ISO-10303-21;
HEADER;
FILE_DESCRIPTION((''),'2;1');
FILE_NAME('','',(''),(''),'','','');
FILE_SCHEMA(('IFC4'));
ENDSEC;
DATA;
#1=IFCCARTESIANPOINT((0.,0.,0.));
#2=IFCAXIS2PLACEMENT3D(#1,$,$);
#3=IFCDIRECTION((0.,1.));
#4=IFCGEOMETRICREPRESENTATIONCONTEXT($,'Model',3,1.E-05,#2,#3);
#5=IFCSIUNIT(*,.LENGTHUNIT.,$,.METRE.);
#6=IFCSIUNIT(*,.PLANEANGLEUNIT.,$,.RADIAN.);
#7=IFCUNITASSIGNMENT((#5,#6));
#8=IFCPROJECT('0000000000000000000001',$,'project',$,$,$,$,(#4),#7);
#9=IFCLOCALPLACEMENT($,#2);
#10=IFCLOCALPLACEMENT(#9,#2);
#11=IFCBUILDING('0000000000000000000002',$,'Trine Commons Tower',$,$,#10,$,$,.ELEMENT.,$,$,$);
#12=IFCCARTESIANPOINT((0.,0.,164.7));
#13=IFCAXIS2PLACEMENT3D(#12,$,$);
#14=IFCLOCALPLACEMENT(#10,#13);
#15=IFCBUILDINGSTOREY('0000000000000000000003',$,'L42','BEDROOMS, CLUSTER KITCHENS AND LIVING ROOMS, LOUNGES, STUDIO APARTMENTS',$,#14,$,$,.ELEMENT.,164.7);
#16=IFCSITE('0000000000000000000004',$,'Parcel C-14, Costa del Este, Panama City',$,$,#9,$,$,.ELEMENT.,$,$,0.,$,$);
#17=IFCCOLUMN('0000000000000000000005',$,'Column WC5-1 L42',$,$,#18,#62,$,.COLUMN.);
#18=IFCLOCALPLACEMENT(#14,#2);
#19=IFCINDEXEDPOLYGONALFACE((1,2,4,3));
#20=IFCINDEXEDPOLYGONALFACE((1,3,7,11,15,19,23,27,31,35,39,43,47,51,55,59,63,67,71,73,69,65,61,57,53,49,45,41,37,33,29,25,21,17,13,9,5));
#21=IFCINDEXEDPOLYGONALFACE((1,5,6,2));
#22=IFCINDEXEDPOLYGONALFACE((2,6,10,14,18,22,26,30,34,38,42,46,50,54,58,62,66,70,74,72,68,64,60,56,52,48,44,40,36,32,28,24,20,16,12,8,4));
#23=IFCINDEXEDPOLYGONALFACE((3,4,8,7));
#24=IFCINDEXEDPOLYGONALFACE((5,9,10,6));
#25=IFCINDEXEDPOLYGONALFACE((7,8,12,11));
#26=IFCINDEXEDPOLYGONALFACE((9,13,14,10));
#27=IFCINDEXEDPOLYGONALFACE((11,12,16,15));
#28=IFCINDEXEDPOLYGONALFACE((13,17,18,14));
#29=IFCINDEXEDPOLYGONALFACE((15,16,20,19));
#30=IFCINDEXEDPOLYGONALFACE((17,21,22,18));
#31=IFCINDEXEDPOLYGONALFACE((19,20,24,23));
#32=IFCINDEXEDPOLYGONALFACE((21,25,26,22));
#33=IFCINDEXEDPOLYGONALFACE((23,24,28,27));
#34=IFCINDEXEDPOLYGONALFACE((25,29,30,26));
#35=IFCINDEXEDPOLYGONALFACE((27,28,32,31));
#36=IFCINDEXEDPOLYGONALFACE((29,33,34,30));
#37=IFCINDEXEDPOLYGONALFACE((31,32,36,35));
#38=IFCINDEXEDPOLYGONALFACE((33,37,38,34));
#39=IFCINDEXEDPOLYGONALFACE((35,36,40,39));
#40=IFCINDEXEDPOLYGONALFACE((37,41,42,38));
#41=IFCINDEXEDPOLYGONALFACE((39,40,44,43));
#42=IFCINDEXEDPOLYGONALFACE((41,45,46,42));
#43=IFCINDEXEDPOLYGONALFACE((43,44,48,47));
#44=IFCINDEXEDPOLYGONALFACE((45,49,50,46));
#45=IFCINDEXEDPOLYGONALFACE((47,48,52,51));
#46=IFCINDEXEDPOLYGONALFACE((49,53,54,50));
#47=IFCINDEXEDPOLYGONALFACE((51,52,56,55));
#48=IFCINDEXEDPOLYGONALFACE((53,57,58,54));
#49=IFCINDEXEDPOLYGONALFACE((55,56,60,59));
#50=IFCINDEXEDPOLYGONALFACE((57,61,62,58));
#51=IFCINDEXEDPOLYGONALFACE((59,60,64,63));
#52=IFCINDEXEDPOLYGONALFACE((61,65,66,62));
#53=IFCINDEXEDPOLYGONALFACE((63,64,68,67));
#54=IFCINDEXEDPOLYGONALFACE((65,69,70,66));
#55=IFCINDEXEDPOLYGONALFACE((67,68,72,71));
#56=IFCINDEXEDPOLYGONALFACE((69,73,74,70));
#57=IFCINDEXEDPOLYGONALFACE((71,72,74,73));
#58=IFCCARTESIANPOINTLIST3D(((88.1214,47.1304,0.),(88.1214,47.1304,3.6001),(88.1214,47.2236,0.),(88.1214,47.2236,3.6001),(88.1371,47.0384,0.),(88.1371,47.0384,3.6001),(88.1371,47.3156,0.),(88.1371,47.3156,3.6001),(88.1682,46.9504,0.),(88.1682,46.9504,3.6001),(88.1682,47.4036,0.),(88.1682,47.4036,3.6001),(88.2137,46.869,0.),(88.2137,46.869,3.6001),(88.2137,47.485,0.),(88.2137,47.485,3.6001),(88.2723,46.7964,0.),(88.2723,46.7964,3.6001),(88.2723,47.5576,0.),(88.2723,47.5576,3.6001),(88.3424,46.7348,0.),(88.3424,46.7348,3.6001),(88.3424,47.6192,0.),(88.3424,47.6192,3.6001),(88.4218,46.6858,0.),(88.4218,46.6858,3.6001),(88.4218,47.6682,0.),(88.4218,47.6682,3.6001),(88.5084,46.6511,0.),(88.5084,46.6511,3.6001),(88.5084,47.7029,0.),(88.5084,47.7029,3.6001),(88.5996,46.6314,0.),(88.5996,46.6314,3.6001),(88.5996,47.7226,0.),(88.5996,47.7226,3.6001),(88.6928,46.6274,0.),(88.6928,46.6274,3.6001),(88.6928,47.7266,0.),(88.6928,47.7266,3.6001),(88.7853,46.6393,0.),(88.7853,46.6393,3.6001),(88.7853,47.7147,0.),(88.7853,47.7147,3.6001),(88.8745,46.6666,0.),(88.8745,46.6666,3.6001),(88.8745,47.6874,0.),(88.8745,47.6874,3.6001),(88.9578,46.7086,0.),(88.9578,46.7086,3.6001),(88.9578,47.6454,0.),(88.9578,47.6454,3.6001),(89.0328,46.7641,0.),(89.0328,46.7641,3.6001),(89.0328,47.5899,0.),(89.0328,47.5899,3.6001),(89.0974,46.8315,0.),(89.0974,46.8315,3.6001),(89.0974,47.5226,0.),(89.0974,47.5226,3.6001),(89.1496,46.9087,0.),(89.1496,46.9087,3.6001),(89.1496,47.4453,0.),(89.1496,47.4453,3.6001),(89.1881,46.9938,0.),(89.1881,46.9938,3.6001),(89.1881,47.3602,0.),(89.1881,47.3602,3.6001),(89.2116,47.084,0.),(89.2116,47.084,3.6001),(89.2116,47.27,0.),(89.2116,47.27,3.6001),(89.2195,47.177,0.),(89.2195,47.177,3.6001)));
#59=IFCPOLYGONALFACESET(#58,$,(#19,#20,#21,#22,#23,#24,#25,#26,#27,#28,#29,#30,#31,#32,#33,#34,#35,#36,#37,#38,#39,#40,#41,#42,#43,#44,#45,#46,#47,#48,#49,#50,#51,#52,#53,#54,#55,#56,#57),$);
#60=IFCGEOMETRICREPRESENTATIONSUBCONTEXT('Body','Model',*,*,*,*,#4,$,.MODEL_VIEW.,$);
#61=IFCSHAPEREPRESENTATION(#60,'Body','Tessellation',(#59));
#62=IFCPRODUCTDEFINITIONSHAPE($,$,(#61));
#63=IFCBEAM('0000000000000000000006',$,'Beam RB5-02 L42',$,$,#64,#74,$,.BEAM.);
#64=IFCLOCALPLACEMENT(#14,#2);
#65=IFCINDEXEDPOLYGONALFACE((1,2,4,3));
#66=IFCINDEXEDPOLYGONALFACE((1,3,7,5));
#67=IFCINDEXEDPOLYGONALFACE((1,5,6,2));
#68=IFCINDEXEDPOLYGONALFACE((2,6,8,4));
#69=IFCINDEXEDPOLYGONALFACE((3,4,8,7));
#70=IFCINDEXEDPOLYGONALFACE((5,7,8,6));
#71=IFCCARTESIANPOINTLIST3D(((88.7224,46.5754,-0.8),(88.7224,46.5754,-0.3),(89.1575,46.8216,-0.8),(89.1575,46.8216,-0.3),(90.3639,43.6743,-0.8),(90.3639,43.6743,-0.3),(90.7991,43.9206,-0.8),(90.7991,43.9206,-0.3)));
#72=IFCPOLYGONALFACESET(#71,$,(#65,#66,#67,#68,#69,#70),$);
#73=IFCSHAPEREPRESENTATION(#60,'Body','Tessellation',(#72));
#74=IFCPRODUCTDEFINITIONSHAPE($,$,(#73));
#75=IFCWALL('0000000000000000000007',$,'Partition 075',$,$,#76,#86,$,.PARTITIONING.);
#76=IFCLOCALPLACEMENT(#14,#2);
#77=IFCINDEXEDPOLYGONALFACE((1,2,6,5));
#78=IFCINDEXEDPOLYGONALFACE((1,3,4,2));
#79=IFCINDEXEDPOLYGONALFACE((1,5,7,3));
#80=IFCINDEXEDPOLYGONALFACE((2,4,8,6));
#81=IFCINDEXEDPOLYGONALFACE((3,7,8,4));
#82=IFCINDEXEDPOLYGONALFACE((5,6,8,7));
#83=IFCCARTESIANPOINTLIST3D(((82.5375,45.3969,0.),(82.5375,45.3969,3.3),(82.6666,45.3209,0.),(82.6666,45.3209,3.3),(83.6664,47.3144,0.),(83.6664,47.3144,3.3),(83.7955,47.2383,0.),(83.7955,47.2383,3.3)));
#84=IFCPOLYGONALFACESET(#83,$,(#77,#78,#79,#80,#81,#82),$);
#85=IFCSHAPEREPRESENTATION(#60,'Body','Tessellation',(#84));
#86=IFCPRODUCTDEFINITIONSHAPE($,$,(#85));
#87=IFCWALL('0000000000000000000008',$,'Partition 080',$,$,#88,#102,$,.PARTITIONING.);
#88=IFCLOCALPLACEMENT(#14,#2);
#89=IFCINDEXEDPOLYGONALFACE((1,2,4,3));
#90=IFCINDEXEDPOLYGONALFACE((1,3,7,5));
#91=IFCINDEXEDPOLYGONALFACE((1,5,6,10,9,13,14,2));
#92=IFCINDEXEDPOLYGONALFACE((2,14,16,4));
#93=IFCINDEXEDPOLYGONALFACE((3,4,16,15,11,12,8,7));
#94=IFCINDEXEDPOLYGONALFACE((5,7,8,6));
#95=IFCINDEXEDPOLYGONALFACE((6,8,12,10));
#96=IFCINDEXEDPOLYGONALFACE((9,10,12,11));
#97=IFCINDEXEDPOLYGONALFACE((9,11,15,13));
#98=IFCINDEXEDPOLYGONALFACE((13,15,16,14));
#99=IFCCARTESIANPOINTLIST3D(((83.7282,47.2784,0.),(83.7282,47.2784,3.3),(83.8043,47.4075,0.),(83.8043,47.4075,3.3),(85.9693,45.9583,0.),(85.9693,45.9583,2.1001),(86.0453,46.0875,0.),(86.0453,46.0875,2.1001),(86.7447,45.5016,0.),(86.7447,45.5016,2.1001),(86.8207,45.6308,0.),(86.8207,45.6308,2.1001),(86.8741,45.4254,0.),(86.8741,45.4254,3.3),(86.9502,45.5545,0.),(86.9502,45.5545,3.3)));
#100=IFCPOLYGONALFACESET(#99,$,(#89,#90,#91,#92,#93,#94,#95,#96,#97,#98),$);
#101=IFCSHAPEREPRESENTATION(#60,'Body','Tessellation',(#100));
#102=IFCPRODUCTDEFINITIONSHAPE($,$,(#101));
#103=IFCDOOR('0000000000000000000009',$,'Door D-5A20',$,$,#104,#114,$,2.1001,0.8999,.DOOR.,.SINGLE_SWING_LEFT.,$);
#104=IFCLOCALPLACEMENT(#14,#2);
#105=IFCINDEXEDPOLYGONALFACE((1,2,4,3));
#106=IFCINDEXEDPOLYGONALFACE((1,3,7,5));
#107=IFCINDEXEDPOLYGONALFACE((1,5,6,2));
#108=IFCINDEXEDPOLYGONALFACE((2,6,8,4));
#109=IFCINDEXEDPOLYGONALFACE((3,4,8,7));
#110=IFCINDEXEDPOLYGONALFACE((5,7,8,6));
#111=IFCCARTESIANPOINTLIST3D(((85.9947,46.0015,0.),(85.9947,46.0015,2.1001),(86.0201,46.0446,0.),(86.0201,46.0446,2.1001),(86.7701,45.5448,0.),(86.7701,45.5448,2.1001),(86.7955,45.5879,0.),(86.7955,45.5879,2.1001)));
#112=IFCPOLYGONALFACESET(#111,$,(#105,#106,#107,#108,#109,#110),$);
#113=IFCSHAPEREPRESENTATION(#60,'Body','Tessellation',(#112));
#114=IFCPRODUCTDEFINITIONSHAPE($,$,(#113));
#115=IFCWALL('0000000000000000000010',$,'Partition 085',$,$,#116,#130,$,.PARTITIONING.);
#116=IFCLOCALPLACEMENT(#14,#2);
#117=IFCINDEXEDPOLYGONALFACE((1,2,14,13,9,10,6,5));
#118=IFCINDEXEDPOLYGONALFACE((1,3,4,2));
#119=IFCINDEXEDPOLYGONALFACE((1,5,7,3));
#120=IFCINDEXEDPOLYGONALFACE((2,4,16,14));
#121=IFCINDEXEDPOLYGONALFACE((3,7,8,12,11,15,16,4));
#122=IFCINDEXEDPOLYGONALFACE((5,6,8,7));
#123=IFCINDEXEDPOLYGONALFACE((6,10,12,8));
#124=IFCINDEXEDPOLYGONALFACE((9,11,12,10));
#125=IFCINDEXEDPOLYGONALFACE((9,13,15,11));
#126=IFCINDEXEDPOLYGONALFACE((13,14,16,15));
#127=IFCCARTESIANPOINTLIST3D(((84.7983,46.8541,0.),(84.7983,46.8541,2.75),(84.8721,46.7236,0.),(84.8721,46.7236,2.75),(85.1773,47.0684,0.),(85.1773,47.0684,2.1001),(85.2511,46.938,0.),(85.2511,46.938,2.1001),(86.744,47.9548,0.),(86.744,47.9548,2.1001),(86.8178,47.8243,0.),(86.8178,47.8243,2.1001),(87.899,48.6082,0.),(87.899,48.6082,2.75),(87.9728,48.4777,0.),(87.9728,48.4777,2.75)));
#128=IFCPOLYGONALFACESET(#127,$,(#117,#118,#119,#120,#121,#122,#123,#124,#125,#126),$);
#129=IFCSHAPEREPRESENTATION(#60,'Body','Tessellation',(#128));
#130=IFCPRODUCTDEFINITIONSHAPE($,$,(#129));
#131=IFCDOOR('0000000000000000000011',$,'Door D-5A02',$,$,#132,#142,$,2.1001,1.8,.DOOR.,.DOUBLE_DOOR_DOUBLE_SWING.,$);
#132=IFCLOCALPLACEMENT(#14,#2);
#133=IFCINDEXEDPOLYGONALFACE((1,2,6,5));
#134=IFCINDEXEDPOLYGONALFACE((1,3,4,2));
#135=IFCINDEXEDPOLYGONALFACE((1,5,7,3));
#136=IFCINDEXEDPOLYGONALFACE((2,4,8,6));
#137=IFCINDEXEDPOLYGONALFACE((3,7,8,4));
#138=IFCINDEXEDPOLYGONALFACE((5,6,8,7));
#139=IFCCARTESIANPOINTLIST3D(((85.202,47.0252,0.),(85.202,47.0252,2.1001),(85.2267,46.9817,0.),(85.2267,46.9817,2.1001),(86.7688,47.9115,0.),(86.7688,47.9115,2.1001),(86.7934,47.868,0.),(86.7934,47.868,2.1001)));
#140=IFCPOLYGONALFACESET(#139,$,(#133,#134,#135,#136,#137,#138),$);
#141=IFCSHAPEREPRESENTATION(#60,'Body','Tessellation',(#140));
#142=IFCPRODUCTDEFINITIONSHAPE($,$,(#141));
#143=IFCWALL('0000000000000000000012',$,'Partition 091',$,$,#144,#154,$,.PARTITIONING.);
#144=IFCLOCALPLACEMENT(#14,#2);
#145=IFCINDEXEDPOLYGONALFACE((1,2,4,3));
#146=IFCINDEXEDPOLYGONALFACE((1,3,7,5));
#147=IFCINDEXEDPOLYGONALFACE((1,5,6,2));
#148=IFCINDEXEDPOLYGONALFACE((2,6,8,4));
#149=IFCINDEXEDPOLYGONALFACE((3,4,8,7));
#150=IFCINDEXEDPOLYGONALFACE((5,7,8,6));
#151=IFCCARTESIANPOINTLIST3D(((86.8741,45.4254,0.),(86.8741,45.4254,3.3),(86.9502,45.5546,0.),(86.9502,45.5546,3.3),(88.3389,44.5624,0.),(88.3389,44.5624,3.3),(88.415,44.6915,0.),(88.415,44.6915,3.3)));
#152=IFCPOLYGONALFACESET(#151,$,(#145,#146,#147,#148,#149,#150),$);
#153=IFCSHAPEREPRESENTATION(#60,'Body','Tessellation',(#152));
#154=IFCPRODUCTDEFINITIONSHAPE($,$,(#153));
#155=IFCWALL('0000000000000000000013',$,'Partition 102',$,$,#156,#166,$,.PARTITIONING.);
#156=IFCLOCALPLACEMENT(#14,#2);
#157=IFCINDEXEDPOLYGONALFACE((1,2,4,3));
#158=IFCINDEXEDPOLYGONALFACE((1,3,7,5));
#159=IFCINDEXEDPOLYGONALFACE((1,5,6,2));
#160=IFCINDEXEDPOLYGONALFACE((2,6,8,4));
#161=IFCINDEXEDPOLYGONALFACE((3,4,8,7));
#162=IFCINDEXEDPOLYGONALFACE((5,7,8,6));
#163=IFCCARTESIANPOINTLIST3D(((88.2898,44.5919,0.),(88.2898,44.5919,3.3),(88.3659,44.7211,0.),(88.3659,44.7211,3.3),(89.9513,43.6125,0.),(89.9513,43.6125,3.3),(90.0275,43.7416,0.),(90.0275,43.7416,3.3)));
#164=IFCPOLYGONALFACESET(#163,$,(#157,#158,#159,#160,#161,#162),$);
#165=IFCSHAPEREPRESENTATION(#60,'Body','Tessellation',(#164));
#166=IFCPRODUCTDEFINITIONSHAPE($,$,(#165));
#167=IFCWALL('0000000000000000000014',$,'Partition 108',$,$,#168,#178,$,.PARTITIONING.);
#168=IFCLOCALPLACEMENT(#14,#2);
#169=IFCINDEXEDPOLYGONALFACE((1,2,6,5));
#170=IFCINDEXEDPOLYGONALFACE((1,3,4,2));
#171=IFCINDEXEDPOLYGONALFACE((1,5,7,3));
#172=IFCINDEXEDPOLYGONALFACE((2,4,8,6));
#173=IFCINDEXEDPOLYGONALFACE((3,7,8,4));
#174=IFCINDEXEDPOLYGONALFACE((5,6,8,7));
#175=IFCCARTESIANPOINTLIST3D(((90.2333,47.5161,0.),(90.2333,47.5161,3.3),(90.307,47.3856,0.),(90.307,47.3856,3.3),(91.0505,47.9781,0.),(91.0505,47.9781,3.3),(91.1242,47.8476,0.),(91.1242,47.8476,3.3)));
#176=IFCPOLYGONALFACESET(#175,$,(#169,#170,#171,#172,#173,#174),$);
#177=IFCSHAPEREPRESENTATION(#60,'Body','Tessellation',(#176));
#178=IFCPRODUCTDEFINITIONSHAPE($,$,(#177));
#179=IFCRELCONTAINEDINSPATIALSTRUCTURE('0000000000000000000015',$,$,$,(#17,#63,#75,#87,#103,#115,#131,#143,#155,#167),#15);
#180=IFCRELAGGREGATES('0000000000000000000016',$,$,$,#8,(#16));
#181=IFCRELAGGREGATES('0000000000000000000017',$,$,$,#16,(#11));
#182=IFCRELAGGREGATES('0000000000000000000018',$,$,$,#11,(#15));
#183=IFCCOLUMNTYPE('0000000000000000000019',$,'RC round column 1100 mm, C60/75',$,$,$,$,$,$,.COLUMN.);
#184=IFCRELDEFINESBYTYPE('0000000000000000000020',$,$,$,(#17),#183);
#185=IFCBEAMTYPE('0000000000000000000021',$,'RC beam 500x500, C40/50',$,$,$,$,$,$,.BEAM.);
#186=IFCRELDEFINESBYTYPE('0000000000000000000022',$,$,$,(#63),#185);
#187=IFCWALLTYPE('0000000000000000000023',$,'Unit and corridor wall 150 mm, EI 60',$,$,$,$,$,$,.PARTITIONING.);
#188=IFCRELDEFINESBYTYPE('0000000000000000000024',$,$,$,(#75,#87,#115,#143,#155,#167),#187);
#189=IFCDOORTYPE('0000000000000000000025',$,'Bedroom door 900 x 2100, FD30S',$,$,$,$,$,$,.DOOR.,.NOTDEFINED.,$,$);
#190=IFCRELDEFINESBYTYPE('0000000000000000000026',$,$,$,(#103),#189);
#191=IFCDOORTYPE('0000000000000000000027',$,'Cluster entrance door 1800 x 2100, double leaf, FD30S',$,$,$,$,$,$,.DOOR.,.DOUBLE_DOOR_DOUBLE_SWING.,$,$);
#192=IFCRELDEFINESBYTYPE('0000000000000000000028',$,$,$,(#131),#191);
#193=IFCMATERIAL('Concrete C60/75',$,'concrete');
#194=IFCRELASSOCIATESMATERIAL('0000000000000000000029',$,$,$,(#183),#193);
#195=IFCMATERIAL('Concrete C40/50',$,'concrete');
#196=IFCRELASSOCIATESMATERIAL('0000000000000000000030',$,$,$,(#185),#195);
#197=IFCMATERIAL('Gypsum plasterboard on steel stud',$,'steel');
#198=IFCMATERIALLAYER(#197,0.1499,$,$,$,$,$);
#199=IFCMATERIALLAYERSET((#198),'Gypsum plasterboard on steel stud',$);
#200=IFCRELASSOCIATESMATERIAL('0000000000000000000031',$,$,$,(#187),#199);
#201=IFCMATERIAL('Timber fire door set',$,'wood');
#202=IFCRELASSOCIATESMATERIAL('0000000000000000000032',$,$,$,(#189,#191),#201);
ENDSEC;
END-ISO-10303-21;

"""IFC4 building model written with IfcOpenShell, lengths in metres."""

from ifc_helpers import new_model, si_unit, direction, frame, frame_2d, origin, origin_2d, place, context, subcontext, project, spatial, rectangle, circle, extrude, material, layer, layer_set, material_profile, profile_set, type_object, element, fill, save


model = new_model("IFC4")

# Units and contexts
model_context = context("Model", 3, precision=1e-05, world=origin(), true_north=direction((0.0, 1.0)))
body_context = subcontext(model_context, "Body", "Model", "MODEL_VIEW")
ifc_project = project(units=[si_unit("LENGTHUNIT", "METRE"), si_unit("PLANEANGLEUNIT", "RADIAN")], contexts=[model_context])

# Site, building, storey
site_placement = place(None, origin())
site = spatial("IfcSite", under=ifc_project, at=site_placement, Name="Parcel C-14, Costa del Este, Panama City", CompositionType="ELEMENT", RefElevation=0.0)
building_placement = place(site_placement, origin())
building = spatial("IfcBuilding", under=site, at=building_placement, Name="Trine Commons Tower", CompositionType="ELEMENT")
storey_placement = place(building_placement, frame((0.0, 0.0, 164.7)))
storey = spatial("IfcBuildingStorey", under=building, at=storey_placement, Name="L42", Description="BEDROOMS, CLUSTER KITCHENS AND LIVING ROOMS, LOUNGES, STUDIO APARTMENTS", CompositionType="ELEMENT", Elevation=164.7)

# Column
ifc_material_1 = material(Name="Concrete C60/75", Category="concrete")
ifc_material_profile_1 = material_profile(ifc_material_1, circle(Radius=0.55, at=origin_2d()), Name="RC round 1100")
ifc_profile_set_1 = profile_set([ifc_material_profile_1], Name="Concrete C60/75")
column_type = type_object("IfcColumnType", Name="RC round column 1100 mm, C60/75", PredefinedType="COLUMN", material=ifc_profile_set_1)
column_placement = place(storey_placement, frame((88.6694, 47.177, 0.0), z_axis=(0.0, 0.0, 1.0), x_axis=(1.0, 0.0, 0.0)))
element("IfcColumn", 1, at=column_placement, inside=storey, type_object=column_type, Name="Column WC5-1 L42", PredefinedType="COLUMN", context=body_context, shape_type="SweptSolid", body=[
    extrude(circle(Radius=0.55, at=origin_2d()), origin(), (0.0, 0.0, 1.0), 3.6001),
])

# Beam
ifc_material_2 = material(Name="Concrete C40/50", Category="concrete")
ifc_material_profile_2 = material_profile(ifc_material_2, rectangle(XDim=0.5, YDim=0.5, at=origin_2d()), Name="RC 500x500")
ifc_profile_set_2 = profile_set([ifc_material_profile_2], Name="Concrete C40/50")
beam_type = type_object("IfcBeamType", Name="RC beam 500x500, C40/50", PredefinedType="BEAM", material=ifc_profile_set_2)
beam_placement = place(storey_placement, frame((88.9399, 46.6985, -0.55), z_axis=(0.492475, -0.870327, 0.0), x_axis=(0.870327, 0.492475, 0.0)))
element("IfcBeam", 2, at=beam_placement, inside=storey, type_object=beam_type, Name="Beam RB5-02 L42", PredefinedType="BEAM", context=body_context, shape_type="SweptSolid", body=[
    extrude(rectangle(XDim=0.5, YDim=0.5, at=origin_2d()), origin(), (0.0, 0.0, 1.0), 3.3333),
])

# Wall
ifc_material_3 = material(Name="Gypsum plasterboard on steel stud", Category="steel")
ifc_layer_1 = layer(ifc_material_3, 0.1499)
ifc_layer_set_1 = layer_set([ifc_layer_1], Name="Gypsum plasterboard on steel stud")
wall_type_1 = type_object("IfcWallType", Name="Unit and corridor wall 150 mm, EI 60", PredefinedType="PARTITIONING", material=ifc_layer_set_1)
wall_1_placement = place(storey_placement, frame((82.6021, 45.3589, 0.0), z_axis=(0.0, 0.0, 1.0), x_axis=(0.507346, 0.861742, 0.0)))
element("IfcWall", 3, at=wall_1_placement, inside=storey, type_object=wall_type_1, Name="Partition 075", PredefinedType="PARTITIONING", context=body_context, shape_type="SweptSolid", body=[
    extrude(rectangle(XDim=2.2251, YDim=0.1499, at=frame_2d((1.1125, 0.0))), origin(), (0.0, 0.0, 1.0), 3.3),
])

# Walls, openings, doors
wall_2_placement = place(storey_placement, frame((83.7661, 47.343, 0.0), z_axis=(0.0, 0.0, 1.0), x_axis=(0.861642, -0.507517, 0.0)))
wall_2 = element("IfcWall", 4, at=wall_2_placement, inside=storey, type_object=wall_type_1, Name="Partition 080", PredefinedType="PARTITIONING", context=body_context, shape_type="SweptSolid", body=[
    extrude(rectangle(XDim=3.6511, YDim=0.1499, at=frame_2d((1.8257, 0.0))), origin(), (0.0, 0.0, 1.0), 3.3),
])
opening_1_placement = place(wall_2_placement, frame((2.6011, 0.0, 0.0)))
opening_1 = element("IfcOpeningElement", 5, at=opening_1_placement, cuts=wall_2, PredefinedType="OPENING", context=body_context, shape_type="SweptSolid", body=[
    extrude(rectangle(XDim=0.8999, YDim=2.1001, at=frame_2d((0.45, 1.05))), frame((0.0, 0.085, 0.0), z_axis=(0.0, -1.0, 0.0), x_axis=(1.0, 0.0, 0.0)), (0.0, 0.0, 1.0), 0.1699),
])
ifc_material_4 = material(Name="Timber fire door set", Category="wood")
door_type_1 = type_object("IfcDoorType", Name="Bedroom door 900 x 2100, FD30S", OperationType="NOTDEFINED", PredefinedType="DOOR", material=ifc_material_4)
door_1_placement = place(opening_1_placement, frame((0.8999, 0.0, 0.0), z_axis=(0.0, 0.0, 1.0), x_axis=(-1.0, 0.0, 0.0)))
door_1 = element("IfcDoor", 6, at=door_1_placement, inside=storey, type_object=door_type_1, Name="Door D-5A20", OperationType="SINGLE_SWING_LEFT", OverallHeight=2.1001, OverallWidth=0.8999, PredefinedType="DOOR", context=body_context, shape_type="SweptSolid", body=[
    extrude(rectangle(XDim=0.8999, YDim=2.1001, at=frame_2d((0.45, 1.05))), frame((0.0, 0.0249, 0.0), z_axis=(0.0, -1.0, 0.0), x_axis=(1.0, 0.0, 0.0)), (0.0, 0.0, 1.0), 0.05),
])
fill(opening_1, door_1)
wall_3_placement = place(storey_placement, frame((84.8352, 46.7888, 0.0), z_axis=(0.0, 0.0, 1.0), x_axis=(0.870382, 0.492378, 0.0)))
wall_3 = element("IfcWall", 7, at=wall_3_placement, inside=storey, type_object=wall_type_1, Name="Partition 085", PredefinedType="PARTITIONING", context=body_context, shape_type="SweptSolid", body=[
    extrude(rectangle(XDim=3.5625, YDim=0.1499, at=frame_2d((1.7812, 0.0))), origin(), (0.0, 0.0, 1.0), 2.75),
])
opening_2_placement = place(wall_3_placement, frame((0.4355, 0.0, 0.0)))
opening_2 = element("IfcOpeningElement", 8, at=opening_2_placement, cuts=wall_3, PredefinedType="OPENING", context=body_context, shape_type="SweptSolid", body=[
    extrude(rectangle(XDim=1.8, YDim=2.1001, at=frame_2d((0.8999, 1.05))), frame((0.0, 0.085, 0.0), z_axis=(0.0, -1.0, 0.0), x_axis=(1.0, 0.0, 0.0)), (0.0, 0.0, 1.0), 0.1699),
])
door_type_2 = type_object("IfcDoorType", Name="Cluster entrance door 1800 x 2100, double leaf, FD30S", OperationType="DOUBLE_DOOR_DOUBLE_SWING", PredefinedType="DOOR", material=ifc_material_4)
door_2_placement = place(opening_2_placement, frame((1.8, 0.0, 0.0), z_axis=(0.0, 0.0, 1.0), x_axis=(-1.0, 0.0, 0.0)))
door_2 = element("IfcDoor", 9, at=door_2_placement, inside=storey, type_object=door_type_2, Name="Door D-5A02", OperationType="DOUBLE_DOOR_DOUBLE_SWING", OverallHeight=2.1001, OverallWidth=1.8, PredefinedType="DOOR", context=body_context, shape_type="SweptSolid", body=[
    extrude(rectangle(XDim=1.8, YDim=2.1001, at=frame_2d((0.8999, 1.05))), frame((0.0, 0.0249, 0.0), z_axis=(0.0, -1.0, 0.0), x_axis=(1.0, 0.0, 0.0)), (0.0, 0.0, 1.0), 0.05),
])
fill(opening_2, door_2)

# Walls
wall_4_placement = place(storey_placement, frame((86.9121, 45.49, 0.0), z_axis=(0.0, 0.0, 1.0), x_axis=(0.861583, -0.507616, 0.0)))
element("IfcWall", 10, at=wall_4_placement, inside=storey, type_object=wall_type_1, Name="Partition 091", PredefinedType="PARTITIONING", context=body_context, shape_type="SweptSolid", body=[
    extrude(rectangle(XDim=1.7002, YDim=0.1499, at=frame_2d((0.8501, 0.0))), origin(), (0.0, 0.0, 1.0), 3.3),
])
wall_5_placement = place(storey_placement, frame((88.3279, 44.6565, 0.0), z_axis=(0.0, 0.0, 1.0), x_axis=(0.861465, -0.507816, 0.0)))
element("IfcWall", 11, at=wall_5_placement, inside=storey, type_object=wall_type_1, Name="Partition 102", PredefinedType="PARTITIONING", context=body_context, shape_type="SweptSolid", body=[
    extrude(rectangle(XDim=1.9287, YDim=0.1499, at=frame_2d((0.9644, 0.0))), origin(), (0.0, 0.0, 1.0), 3.3),
])
wall_6_placement = place(storey_placement, frame((90.2703, 47.4509, 0.0), z_axis=(0.0, 0.0, 1.0), x_axis=(0.870539, 0.4921, 0.0)))
element("IfcWall", 12, at=wall_6_placement, inside=storey, type_object=wall_type_1, Name="Partition 108", PredefinedType="PARTITIONING", context=body_context, shape_type="SweptSolid", body=[
    extrude(rectangle(XDim=0.9387, YDim=0.1499, at=frame_2d((0.4692, 0.0))), origin(), (0.0, 0.0, 1.0), 3.3),
])

save(model, "model.ifc")
